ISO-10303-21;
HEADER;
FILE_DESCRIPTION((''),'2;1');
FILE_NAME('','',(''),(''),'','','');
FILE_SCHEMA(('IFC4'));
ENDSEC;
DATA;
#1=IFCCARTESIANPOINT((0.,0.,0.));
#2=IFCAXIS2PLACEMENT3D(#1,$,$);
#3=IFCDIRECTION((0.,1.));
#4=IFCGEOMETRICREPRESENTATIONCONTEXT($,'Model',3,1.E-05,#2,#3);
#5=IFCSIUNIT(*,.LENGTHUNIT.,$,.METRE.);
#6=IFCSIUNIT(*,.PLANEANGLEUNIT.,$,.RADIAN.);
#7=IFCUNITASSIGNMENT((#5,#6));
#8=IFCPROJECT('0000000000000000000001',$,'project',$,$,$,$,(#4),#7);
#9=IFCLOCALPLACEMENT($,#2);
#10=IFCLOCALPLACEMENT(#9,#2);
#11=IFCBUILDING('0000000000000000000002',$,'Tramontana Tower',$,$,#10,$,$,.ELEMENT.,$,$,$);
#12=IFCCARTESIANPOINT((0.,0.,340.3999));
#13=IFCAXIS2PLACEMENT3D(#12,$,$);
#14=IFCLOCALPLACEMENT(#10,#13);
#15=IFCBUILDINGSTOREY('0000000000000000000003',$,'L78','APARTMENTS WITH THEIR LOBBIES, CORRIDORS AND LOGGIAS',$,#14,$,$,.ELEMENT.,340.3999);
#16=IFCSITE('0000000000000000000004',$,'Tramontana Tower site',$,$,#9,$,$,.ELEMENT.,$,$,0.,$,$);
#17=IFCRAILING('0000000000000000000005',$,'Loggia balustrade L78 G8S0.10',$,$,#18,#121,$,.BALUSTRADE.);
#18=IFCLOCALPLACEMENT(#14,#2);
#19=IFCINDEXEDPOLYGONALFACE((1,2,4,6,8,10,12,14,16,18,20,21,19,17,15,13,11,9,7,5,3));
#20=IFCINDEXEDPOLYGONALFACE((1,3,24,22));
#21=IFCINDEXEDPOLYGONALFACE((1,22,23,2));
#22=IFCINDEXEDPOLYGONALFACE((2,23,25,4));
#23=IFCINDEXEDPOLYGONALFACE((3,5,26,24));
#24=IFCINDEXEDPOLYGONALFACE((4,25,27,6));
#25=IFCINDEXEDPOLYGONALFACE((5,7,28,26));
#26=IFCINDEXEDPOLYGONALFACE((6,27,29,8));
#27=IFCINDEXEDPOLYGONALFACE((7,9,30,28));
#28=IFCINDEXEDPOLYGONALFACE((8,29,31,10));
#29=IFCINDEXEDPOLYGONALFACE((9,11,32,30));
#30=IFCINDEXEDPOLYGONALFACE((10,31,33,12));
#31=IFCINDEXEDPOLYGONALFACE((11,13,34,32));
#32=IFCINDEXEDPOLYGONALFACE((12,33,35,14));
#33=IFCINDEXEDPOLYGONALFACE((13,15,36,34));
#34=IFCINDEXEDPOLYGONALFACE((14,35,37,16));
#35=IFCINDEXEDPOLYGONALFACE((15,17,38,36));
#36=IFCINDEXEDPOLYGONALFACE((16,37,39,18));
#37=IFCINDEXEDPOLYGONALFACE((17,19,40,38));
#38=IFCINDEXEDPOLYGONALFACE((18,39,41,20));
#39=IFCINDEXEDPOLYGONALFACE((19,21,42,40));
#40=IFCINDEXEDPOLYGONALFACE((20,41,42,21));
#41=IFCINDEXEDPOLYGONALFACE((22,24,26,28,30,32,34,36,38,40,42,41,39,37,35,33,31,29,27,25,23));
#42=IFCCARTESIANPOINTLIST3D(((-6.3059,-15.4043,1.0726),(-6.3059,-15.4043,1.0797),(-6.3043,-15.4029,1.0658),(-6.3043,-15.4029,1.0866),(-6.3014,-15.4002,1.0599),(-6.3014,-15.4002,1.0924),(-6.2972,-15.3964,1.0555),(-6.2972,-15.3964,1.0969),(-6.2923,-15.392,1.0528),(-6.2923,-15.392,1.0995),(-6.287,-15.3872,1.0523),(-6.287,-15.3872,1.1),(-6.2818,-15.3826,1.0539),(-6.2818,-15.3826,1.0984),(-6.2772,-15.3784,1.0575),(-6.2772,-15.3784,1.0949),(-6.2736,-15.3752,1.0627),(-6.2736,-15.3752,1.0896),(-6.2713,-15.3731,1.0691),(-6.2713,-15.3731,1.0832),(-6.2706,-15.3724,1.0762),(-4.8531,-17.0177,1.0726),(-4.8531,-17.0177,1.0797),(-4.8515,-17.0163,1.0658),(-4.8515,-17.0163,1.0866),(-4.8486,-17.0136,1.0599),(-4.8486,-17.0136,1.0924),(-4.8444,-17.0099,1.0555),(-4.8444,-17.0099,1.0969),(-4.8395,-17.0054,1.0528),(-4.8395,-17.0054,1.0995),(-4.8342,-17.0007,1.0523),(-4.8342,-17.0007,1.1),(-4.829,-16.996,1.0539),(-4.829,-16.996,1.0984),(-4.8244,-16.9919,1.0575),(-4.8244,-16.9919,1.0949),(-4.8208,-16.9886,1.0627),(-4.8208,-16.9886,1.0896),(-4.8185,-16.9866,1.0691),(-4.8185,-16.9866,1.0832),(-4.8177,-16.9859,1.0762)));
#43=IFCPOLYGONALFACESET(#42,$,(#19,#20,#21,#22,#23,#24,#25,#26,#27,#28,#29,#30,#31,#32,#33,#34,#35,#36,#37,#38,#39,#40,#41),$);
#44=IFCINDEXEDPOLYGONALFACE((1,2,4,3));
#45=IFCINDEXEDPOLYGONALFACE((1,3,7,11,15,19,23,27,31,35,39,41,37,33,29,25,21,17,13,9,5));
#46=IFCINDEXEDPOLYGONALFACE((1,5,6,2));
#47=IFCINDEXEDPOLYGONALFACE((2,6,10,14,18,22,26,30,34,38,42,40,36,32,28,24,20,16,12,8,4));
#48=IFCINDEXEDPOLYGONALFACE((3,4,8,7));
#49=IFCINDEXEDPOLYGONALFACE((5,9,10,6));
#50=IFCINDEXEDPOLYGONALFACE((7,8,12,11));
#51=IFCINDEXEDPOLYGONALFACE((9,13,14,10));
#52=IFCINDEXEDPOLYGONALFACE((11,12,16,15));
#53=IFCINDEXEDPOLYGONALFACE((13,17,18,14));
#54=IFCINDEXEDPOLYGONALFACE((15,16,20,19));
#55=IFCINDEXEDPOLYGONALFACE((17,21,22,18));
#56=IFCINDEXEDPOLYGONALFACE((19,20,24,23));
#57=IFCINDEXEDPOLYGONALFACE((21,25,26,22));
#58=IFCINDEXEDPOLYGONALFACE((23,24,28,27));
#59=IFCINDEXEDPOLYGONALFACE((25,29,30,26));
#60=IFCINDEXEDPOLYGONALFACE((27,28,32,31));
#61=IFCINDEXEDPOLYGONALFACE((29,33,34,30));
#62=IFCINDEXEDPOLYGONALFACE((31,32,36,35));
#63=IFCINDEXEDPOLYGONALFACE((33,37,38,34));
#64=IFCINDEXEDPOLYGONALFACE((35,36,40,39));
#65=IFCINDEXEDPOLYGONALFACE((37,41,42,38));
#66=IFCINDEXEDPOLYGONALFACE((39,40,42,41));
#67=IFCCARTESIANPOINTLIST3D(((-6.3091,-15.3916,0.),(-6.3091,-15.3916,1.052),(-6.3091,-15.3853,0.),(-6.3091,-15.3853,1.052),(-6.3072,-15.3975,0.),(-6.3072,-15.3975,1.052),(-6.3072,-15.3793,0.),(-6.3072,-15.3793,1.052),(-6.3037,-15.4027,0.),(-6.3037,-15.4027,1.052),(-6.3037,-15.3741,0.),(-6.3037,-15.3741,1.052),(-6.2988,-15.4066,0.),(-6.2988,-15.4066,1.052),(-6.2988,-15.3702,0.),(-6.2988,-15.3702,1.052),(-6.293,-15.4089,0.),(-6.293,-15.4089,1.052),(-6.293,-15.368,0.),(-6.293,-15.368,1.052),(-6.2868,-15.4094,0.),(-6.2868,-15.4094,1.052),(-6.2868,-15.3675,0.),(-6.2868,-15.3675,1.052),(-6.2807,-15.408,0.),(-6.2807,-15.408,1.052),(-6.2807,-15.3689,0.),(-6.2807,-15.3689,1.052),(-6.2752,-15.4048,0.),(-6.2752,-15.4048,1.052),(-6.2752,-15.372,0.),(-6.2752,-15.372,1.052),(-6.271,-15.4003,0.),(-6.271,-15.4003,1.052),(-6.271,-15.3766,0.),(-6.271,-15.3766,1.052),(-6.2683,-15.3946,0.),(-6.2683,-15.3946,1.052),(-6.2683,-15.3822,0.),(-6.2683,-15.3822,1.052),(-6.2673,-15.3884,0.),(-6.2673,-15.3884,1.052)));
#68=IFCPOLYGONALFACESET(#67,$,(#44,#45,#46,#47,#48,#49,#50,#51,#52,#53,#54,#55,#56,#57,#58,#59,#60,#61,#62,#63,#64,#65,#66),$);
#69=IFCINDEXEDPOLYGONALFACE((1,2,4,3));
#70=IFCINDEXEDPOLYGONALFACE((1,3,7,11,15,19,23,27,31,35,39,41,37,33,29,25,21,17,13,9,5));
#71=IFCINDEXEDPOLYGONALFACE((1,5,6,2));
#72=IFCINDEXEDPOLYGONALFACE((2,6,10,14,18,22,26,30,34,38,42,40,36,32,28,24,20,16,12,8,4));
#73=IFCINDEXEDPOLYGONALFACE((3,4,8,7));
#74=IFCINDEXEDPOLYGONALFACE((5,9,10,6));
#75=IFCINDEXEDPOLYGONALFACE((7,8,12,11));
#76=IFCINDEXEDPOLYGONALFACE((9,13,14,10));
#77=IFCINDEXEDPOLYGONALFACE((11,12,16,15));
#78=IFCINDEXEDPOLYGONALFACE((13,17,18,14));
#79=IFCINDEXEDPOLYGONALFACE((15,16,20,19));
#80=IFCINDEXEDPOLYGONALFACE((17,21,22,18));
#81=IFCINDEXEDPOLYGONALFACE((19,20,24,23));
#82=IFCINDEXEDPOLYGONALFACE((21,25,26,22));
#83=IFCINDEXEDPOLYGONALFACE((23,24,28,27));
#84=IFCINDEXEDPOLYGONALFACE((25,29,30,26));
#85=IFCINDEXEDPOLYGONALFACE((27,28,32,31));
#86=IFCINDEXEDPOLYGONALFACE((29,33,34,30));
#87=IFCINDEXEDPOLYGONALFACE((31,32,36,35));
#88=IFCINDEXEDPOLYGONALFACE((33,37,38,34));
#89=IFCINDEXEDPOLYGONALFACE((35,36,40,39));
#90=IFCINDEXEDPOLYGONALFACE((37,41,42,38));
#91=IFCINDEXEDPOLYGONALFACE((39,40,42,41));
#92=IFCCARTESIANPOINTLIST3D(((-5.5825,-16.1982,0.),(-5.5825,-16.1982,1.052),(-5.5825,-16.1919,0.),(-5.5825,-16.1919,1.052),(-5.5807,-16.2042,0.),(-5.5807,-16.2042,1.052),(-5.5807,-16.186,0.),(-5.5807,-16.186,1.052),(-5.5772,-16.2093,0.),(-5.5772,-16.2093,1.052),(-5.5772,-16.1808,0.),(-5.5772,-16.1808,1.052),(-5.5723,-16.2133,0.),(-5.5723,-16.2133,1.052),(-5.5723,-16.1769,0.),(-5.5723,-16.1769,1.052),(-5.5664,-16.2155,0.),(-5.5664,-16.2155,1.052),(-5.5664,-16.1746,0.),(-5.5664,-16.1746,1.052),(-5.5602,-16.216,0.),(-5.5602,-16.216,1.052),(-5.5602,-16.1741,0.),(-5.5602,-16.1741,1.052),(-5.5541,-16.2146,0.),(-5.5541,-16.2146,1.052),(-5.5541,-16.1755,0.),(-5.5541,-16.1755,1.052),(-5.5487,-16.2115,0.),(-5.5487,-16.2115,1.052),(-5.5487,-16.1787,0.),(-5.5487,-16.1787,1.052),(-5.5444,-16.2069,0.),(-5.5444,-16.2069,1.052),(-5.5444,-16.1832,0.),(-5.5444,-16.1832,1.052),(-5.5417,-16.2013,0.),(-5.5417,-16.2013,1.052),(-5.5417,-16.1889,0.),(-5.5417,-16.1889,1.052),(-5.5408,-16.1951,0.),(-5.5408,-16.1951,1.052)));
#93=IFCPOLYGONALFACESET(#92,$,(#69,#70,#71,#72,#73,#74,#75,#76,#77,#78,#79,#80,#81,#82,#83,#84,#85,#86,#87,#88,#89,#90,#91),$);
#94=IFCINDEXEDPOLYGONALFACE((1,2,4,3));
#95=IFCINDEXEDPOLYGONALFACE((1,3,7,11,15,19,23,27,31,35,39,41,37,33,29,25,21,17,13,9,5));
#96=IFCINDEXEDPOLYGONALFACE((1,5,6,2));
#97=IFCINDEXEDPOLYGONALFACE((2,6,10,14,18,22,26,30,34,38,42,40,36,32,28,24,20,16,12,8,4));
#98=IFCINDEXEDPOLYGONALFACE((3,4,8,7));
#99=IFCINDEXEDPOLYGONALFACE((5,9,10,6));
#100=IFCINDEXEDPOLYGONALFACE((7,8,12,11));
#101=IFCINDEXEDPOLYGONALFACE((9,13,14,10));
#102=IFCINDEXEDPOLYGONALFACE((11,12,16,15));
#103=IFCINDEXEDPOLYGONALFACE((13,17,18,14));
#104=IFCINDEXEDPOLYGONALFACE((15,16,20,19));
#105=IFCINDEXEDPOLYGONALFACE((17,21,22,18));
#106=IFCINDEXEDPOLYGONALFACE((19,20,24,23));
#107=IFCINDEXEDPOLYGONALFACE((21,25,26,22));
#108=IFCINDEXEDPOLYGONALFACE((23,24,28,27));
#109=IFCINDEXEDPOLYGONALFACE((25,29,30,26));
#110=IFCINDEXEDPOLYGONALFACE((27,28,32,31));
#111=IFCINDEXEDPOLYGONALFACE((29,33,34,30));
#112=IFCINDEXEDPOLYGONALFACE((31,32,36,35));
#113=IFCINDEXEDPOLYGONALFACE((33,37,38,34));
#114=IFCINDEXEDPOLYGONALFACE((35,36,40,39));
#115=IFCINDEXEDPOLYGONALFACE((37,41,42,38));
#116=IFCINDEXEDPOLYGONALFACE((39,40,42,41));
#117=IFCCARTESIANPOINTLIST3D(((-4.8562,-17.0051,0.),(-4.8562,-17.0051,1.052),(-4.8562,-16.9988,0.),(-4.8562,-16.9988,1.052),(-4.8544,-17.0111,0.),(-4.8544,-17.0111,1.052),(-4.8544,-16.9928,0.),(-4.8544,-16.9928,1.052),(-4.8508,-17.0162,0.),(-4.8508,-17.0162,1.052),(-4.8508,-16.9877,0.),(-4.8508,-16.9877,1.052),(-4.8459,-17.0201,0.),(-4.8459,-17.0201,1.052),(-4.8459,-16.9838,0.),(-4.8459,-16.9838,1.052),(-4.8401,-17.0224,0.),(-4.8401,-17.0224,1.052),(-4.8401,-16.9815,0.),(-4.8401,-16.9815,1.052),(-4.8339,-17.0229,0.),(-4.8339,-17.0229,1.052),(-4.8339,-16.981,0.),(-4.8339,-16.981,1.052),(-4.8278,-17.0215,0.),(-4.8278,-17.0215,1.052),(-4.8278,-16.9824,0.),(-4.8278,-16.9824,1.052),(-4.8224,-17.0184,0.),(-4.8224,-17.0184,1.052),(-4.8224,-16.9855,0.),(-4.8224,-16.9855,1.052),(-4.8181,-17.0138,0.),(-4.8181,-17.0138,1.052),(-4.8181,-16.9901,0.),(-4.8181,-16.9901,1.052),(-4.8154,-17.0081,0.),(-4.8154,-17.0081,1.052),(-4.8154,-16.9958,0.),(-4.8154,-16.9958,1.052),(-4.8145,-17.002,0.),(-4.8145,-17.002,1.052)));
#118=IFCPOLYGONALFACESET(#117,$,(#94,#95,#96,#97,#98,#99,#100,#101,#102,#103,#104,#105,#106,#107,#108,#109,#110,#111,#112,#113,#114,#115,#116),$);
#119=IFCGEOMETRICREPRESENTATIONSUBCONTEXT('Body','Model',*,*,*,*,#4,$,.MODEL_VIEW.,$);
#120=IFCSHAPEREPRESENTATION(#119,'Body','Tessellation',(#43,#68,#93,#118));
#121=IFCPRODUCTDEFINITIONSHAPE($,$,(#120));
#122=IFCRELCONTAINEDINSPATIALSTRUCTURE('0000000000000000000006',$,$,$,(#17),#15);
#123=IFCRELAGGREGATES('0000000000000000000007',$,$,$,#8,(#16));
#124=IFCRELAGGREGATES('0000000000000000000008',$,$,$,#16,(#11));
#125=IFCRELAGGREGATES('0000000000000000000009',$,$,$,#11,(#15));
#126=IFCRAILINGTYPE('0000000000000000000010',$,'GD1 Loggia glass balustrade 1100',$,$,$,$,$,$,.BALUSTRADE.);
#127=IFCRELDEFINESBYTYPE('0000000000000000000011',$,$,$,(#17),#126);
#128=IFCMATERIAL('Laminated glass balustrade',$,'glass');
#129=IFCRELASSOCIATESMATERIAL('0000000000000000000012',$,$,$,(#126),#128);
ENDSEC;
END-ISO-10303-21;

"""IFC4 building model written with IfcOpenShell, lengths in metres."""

from ifc_helpers import new_model, si_unit, direction, frame, origin, origin_2d, place, context, subcontext, project, spatial, circle, extrude, material, type_object, element, save


model = new_model("IFC4")

# Units and contexts
model_context = context("Model", 3, precision=1e-05, world=origin(), true_north=direction((0.0, 1.0)))
body_context = subcontext(model_context, "Body", "Model", "MODEL_VIEW")
ifc_project = project(units=[si_unit("LENGTHUNIT", "METRE"), si_unit("PLANEANGLEUNIT", "RADIAN")], contexts=[model_context])

# Site, building, storey
site_placement = place(None, origin())
site = spatial("IfcSite", under=ifc_project, at=site_placement, Name="Tramontana Tower site", CompositionType="ELEMENT", RefElevation=0.0)
building_placement = place(site_placement, origin())
building = spatial("IfcBuilding", under=site, at=building_placement, Name="Tramontana Tower", CompositionType="ELEMENT")
storey_placement = place(building_placement, frame((0.0, 0.0, 340.3999)))
storey = spatial("IfcBuildingStorey", under=building, at=storey_placement, Name="L78", Description="APARTMENTS WITH THEIR LOBBIES, CORRIDORS AND LOGGIAS", CompositionType="ELEMENT", Elevation=340.3999)

# Railing
ifc_material_1 = material(Name="Laminated glass balustrade", Category="glass")
railing_type = type_object("IfcRailingType", Name="GD1 Loggia glass balustrade 1100", PredefinedType="BALUSTRADE", material=ifc_material_1)
railing_1_placement = place(storey_placement, frame((-6.2883, -15.3884, 0.0)))
element("IfcRailing", 1, at=railing_1_placement, inside=storey, type_object=railing_type, Name="Loggia balustrade L78 G8S0.10", PredefinedType="BALUSTRADE", context=body_context, shape_type="SweptSolid", body=[
    extrude(circle(Radius=0.0239, at=origin_2d()), frame((0.0, 0.0, 1.0762), z_axis=(0.669145, -0.743132, 0.0), x_axis=(0.743132, 0.669145, 0.0)), (0.0, 0.0, 1.0), 2.1711),
    extrude(circle(Radius=0.021, at=origin_2d()), origin(), (0.0, 0.0, 1.0), 1.052),
    extrude(circle(Radius=0.021, at=origin_2d()), frame((0.7266, -0.8066, 0.0)), (0.0, 0.0, 1.0), 1.052),
    extrude(circle(Radius=0.021, at=origin_2d()), frame((1.4529, -1.6135, 0.0)), (0.0, 0.0, 1.0), 1.052),
])

save(model, "model.ifc")
